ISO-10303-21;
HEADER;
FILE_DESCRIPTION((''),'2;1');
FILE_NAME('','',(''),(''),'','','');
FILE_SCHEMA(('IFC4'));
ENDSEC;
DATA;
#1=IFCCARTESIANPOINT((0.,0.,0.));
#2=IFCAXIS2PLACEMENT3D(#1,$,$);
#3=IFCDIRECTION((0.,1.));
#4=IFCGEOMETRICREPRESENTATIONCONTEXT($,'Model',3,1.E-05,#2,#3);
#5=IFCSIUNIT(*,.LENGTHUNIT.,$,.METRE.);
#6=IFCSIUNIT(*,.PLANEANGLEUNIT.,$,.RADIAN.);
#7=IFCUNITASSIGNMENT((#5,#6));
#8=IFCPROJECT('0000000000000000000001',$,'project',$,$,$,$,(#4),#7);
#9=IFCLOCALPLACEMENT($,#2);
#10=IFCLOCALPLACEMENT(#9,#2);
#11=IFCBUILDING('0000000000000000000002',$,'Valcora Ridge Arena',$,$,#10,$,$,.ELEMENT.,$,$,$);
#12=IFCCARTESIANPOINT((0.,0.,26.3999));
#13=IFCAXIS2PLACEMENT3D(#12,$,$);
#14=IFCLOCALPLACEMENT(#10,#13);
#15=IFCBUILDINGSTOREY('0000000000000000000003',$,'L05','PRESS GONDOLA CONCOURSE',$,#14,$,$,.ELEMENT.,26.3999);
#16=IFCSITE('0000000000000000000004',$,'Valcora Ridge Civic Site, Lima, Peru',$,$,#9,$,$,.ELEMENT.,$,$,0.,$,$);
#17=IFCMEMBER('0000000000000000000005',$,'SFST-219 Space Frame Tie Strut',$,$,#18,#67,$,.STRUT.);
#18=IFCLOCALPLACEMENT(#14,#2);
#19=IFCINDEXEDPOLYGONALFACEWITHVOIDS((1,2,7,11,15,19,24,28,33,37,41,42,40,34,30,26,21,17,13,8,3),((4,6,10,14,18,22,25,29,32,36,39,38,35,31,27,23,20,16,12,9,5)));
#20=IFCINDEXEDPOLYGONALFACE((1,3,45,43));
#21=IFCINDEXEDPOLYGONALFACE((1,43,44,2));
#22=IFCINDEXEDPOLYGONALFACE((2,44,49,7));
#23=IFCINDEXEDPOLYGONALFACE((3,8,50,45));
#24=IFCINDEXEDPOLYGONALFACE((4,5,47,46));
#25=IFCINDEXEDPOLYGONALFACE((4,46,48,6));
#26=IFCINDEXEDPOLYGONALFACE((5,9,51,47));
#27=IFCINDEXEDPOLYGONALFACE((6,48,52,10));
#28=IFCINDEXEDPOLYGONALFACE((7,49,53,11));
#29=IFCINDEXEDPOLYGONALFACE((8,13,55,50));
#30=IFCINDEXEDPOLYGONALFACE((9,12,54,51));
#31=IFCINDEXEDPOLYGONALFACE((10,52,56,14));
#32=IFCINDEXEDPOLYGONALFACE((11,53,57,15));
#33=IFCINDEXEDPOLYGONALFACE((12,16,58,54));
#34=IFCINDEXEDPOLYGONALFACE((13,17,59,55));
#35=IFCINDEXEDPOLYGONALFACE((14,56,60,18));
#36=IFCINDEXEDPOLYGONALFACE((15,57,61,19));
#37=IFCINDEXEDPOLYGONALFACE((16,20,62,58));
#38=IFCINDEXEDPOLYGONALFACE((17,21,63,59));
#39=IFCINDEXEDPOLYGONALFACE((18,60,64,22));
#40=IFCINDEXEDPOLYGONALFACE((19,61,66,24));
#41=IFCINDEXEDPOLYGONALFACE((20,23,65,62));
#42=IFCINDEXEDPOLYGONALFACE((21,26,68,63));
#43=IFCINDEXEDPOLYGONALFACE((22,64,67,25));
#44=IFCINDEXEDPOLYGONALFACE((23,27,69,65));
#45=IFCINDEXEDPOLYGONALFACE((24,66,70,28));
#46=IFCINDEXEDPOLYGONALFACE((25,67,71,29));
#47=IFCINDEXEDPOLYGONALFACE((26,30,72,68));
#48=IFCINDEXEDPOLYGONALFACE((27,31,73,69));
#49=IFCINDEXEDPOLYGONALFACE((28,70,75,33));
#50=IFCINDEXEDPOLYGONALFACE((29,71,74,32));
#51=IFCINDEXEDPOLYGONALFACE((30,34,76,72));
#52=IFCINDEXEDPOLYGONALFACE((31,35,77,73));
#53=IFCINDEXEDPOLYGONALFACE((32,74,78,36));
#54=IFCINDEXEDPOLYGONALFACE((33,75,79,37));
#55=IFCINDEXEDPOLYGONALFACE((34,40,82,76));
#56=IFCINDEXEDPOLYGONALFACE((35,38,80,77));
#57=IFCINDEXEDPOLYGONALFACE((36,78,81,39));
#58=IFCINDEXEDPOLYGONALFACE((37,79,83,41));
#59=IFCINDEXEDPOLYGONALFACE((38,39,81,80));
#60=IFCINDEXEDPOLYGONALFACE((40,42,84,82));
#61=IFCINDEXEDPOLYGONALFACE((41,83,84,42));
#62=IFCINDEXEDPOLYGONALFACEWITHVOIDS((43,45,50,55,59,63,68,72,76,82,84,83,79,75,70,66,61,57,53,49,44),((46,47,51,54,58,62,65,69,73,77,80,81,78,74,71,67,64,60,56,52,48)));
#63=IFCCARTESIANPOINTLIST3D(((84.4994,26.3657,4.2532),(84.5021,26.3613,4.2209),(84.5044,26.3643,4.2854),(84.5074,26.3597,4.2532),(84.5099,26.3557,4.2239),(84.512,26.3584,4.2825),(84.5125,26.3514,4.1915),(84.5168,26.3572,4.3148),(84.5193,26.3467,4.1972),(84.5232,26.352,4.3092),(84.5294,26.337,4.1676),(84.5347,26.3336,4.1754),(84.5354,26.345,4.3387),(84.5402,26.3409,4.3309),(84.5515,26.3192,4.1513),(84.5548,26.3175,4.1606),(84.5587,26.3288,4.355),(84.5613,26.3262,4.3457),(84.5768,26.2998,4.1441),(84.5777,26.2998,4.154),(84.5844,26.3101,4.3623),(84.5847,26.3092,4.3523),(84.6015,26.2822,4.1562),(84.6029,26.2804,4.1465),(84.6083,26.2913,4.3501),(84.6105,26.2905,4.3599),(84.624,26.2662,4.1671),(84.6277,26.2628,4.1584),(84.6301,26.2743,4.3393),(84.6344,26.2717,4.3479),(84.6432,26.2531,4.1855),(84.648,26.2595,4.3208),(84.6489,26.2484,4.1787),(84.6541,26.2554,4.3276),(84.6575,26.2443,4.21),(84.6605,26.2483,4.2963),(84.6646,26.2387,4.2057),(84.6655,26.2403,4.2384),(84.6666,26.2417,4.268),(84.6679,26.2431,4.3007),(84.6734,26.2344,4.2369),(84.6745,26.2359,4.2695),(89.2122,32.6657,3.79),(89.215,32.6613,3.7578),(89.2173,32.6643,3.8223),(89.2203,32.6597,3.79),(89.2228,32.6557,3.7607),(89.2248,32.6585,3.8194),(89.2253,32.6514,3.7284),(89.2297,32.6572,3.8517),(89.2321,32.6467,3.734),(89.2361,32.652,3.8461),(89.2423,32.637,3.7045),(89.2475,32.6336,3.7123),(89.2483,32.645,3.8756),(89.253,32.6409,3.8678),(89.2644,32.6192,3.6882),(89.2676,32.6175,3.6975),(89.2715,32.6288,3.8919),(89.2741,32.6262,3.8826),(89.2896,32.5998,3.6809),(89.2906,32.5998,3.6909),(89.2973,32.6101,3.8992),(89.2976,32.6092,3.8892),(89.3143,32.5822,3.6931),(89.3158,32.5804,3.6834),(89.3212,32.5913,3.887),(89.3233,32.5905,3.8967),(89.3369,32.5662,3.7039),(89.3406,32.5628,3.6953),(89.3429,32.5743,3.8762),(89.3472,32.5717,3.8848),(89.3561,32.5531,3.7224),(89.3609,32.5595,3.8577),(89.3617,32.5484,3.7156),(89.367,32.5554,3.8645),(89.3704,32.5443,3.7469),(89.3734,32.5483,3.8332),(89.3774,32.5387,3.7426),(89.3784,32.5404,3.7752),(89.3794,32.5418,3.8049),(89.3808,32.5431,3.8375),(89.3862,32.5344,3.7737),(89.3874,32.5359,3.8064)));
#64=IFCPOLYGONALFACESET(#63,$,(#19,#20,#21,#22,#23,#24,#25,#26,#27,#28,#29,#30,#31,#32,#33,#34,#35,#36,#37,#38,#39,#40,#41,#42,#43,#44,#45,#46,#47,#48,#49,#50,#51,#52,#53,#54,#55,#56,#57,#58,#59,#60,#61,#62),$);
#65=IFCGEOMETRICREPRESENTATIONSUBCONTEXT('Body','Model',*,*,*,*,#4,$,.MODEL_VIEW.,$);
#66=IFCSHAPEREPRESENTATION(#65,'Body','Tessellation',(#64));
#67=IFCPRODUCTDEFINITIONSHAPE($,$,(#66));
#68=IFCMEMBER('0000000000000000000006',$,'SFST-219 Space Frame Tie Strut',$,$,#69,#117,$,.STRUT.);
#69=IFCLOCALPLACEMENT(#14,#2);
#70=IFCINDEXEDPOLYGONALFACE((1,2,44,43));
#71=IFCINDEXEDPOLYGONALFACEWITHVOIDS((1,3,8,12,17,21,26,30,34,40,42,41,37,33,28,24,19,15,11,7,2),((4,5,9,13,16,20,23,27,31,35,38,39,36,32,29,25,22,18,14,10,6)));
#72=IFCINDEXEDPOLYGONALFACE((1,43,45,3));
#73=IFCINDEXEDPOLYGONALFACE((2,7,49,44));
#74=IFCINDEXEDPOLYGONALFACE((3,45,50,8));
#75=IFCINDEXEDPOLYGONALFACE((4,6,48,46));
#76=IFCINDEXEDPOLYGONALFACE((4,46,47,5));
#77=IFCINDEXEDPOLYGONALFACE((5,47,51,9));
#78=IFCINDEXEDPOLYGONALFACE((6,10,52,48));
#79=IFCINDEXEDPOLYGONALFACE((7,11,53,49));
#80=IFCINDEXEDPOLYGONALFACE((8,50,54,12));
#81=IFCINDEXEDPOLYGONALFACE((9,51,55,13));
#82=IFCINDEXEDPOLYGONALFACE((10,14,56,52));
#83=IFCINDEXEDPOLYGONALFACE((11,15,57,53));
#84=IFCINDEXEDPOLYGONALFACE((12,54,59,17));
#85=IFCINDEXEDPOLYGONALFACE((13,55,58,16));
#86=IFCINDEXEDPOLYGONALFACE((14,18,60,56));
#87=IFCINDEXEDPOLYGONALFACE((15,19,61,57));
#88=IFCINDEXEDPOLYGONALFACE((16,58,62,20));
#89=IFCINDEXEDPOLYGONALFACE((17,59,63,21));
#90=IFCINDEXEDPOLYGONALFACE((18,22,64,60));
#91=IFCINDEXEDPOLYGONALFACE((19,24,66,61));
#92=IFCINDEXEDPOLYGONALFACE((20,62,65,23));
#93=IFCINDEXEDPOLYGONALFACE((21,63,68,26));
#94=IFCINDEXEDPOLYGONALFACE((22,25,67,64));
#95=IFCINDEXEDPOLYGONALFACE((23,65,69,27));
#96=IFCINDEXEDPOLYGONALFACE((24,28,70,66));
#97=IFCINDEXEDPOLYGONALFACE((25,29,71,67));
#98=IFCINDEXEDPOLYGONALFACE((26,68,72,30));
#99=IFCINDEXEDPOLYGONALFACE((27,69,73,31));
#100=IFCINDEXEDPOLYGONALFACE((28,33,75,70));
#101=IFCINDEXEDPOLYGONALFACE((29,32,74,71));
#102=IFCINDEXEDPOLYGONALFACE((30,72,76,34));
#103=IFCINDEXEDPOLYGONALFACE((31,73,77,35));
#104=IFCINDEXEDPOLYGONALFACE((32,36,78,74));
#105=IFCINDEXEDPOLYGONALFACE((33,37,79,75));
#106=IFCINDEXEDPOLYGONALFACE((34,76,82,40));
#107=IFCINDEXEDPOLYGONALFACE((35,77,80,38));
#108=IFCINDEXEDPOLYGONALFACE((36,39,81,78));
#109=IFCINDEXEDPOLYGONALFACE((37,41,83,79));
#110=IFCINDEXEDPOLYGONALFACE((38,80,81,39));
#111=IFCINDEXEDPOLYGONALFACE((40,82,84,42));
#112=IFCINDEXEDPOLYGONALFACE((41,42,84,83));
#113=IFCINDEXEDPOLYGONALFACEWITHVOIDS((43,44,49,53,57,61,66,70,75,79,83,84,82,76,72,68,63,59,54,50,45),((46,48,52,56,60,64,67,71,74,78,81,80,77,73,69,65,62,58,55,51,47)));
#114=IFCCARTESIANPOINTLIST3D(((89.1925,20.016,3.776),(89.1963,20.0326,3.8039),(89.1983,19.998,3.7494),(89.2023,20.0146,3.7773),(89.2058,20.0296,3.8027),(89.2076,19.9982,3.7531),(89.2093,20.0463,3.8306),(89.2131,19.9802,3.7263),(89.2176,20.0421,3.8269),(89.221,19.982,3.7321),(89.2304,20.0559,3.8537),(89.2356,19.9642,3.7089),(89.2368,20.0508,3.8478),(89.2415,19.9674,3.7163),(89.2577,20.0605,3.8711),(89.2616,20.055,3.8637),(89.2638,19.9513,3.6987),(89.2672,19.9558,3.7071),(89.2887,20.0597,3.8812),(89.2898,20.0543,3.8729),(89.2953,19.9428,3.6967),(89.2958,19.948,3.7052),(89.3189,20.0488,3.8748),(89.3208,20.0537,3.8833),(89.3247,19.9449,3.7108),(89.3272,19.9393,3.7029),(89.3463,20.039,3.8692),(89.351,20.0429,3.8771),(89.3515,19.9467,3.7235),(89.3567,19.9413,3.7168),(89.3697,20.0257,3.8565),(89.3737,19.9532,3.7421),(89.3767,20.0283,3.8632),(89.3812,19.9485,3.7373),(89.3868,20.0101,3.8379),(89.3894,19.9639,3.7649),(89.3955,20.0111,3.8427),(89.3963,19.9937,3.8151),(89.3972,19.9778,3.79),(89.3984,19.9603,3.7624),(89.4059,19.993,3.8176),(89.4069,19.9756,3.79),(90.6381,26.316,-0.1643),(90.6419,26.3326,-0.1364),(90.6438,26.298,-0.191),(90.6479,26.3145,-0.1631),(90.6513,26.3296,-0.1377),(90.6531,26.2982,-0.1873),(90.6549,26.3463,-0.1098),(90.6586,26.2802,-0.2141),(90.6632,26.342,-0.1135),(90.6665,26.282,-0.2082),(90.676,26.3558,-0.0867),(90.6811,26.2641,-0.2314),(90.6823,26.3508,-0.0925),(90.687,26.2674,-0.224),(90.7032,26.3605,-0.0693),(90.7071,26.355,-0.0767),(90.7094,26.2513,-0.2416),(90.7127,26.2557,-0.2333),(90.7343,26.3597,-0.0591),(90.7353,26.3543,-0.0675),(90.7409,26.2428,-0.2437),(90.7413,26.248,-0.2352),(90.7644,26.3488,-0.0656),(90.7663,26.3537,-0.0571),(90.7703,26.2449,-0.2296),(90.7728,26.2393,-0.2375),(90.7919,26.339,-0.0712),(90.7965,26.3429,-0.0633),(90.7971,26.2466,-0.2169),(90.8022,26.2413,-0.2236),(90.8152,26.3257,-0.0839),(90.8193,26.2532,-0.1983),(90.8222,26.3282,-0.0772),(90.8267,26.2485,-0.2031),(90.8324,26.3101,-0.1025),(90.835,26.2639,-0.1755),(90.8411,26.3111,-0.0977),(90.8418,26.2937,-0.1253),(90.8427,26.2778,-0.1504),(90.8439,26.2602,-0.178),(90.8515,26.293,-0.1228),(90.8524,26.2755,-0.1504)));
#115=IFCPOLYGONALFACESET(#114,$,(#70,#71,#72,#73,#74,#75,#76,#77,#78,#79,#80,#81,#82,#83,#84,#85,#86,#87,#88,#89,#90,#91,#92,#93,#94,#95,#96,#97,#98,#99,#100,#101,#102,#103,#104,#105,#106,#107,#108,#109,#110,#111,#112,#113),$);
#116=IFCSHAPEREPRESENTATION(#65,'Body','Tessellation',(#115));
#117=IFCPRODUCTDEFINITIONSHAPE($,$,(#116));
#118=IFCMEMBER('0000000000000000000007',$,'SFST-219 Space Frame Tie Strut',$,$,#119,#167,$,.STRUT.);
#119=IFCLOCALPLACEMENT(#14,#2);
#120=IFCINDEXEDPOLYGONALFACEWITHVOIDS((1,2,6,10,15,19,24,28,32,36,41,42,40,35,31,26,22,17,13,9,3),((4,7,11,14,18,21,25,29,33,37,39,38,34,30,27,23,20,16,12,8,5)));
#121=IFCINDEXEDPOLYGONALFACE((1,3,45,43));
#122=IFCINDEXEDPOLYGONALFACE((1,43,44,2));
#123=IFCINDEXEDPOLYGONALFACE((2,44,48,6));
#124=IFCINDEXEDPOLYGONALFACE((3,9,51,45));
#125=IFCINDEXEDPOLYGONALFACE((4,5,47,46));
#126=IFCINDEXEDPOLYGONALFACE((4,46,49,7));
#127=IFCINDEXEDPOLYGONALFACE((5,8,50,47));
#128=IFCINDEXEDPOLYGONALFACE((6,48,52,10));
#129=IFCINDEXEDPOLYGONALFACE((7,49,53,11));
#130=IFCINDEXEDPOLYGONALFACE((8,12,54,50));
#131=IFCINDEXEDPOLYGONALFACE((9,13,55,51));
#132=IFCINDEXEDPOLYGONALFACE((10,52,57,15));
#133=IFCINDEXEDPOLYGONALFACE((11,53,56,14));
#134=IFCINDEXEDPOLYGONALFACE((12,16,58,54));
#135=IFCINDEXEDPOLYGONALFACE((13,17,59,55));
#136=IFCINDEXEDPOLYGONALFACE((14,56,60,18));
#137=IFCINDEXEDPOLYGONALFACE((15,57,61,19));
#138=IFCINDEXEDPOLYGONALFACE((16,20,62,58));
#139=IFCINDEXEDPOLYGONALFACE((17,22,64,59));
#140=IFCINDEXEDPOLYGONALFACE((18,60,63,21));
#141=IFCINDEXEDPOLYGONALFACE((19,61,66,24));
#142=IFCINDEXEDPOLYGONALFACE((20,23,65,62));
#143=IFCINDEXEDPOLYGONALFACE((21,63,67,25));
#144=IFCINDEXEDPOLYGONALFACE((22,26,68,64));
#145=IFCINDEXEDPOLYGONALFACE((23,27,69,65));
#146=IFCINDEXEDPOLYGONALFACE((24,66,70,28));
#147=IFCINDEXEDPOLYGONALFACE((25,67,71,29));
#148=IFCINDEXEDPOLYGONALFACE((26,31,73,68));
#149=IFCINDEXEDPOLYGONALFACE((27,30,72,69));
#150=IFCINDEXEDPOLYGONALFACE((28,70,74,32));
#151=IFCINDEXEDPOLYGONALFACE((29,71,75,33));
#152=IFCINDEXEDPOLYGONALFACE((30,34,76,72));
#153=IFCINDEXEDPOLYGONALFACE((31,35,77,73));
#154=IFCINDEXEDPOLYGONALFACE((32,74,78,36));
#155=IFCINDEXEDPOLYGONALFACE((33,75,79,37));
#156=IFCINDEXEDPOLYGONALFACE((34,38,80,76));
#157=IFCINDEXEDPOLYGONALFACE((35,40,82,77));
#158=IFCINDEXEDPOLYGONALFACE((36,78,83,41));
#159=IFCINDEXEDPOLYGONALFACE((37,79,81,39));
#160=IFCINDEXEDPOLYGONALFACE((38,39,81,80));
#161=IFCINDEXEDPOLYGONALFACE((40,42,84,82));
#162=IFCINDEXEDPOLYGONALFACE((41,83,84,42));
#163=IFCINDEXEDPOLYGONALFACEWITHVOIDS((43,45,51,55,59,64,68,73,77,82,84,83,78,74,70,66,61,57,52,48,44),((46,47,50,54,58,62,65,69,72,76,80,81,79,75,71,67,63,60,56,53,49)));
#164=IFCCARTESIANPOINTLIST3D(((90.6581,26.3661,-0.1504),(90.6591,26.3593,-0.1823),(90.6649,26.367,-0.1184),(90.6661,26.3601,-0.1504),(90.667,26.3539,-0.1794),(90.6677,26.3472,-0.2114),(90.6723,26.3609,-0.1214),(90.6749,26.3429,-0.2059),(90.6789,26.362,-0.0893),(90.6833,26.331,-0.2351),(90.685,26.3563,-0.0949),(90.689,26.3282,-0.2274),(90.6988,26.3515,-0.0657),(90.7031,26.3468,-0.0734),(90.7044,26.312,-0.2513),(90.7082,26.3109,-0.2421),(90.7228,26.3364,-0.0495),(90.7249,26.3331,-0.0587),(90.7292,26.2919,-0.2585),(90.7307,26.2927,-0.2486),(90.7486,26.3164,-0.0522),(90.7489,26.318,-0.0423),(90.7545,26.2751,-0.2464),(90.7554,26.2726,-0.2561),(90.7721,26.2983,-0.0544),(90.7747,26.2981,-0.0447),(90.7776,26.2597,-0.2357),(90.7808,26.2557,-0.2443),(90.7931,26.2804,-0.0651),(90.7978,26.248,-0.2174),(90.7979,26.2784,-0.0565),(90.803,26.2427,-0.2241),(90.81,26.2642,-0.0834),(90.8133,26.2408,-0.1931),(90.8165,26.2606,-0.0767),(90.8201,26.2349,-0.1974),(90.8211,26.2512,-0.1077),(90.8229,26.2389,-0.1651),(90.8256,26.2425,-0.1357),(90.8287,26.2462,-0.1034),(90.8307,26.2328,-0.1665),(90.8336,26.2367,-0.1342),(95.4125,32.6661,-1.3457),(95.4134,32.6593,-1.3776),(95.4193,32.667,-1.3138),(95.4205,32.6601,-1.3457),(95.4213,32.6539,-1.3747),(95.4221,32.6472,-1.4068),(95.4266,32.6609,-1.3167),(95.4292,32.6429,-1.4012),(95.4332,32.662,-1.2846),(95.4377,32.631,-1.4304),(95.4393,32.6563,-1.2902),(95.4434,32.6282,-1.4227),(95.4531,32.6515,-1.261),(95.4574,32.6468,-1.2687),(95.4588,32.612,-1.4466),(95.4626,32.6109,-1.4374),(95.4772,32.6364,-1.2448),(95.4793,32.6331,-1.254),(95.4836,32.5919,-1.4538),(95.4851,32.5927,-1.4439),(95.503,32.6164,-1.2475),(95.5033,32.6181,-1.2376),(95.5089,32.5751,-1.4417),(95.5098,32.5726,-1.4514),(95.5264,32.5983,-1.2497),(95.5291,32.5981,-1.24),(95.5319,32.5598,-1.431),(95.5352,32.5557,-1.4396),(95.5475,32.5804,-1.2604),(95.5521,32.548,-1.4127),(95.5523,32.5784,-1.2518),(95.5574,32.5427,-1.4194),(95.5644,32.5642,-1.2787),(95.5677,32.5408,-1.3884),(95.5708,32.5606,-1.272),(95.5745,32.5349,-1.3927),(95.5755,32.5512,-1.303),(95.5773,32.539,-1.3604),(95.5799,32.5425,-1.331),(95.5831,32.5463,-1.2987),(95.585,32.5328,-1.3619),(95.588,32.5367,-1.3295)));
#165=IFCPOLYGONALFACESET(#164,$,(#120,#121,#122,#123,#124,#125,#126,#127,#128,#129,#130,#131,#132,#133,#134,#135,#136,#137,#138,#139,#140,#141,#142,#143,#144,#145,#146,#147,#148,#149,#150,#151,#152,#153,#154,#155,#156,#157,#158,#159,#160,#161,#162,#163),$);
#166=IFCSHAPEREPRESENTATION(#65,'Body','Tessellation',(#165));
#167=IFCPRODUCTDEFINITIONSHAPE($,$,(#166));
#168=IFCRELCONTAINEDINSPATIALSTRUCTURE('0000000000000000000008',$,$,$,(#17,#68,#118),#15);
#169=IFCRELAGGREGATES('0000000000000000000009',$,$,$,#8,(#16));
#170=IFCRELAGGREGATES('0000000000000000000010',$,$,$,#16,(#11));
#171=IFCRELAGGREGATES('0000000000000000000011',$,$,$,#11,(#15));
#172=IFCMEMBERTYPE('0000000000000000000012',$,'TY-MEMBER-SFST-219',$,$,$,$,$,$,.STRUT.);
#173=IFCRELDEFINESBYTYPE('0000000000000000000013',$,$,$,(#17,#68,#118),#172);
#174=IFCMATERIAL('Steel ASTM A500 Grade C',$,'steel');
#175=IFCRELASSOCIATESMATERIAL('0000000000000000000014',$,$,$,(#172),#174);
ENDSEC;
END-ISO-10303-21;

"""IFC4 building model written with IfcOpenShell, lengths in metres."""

from ifc_helpers import new_model, si_unit, direction, frame, origin, origin_2d, place, context, subcontext, project, spatial, hollow_circle, extrude, material, material_profile, profile_set, type_object, element, save


model = new_model("IFC4")

# Units and contexts
model_context = context("Model", 3, precision=1e-05, world=origin(), true_north=direction((0.0, 1.0)))
body_context = subcontext(model_context, "Body", "Model", "MODEL_VIEW")
ifc_project = project(units=[si_unit("LENGTHUNIT", "METRE"), si_unit("PLANEANGLEUNIT", "RADIAN")], contexts=[model_context])

# Site, building, storey
site_placement = place(None, origin())
site = spatial("IfcSite", under=ifc_project, at=site_placement, Name="Valcora Ridge Civic Site, Lima, Peru", CompositionType="ELEMENT", RefElevation=0.0)
building_placement = place(site_placement, origin())
building = spatial("IfcBuilding", under=site, at=building_placement, Name="Valcora Ridge Arena", CompositionType="ELEMENT")
storey_placement = place(building_placement, frame((0.0, 0.0, 26.3999)))
storey = spatial("IfcBuildingStorey", under=building, at=storey_placement, Name="L05", Description="PRESS GONDOLA CONCOURSE", CompositionType="ELEMENT", Elevation=26.3999)

# Members
ifc_material_1 = material(Name="Steel ASTM A500 Grade C", Category="steel")
ifc_material_profile_1 = material_profile(ifc_material_1, hollow_circle(Radius=0.1096, WallThickness=0.01, at=origin_2d()), Name="CHS219X10")
ifc_profile_set_1 = profile_set([ifc_material_profile_1], Name="Steel ASTM A500 Grade C")
member_type_1 = type_object("IfcMemberType", Name="TY-MEMBER-SFST-219", PredefinedType="STRUT", material=ifc_profile_set_1)
member_1_placement = place(storey_placement, frame((84.5872, 26.3, 4.2532), z_axis=(0.597976, 0.799357, -0.058763), x_axis=(-0.80074, 0.599012, 0.0)))
element("IfcMember", 1, at=member_1_placement, inside=storey, type_object=member_type_1, Name="SFST-219 Space Frame Tie Strut", PredefinedType="STRUT", context=body_context, shape_type="SweptSolid", body=[
    extrude(hollow_circle(Radius=0.1096, WallThickness=0.01, at=origin_2d()), origin(), (0.0, 0.0, 1.0), 7.8813),
])
member_2_placement = place(storey_placement, frame((90.7456, 26.3, -0.1504), z_axis=(-0.190955, -0.832222, 0.520522), x_axis=(0.974672, -0.22364, 0.0)))
element("IfcMember", 2, at=member_2_placement, inside=storey, type_object=member_type_1, Name="SFST-219 Space Frame Tie Strut", PredefinedType="STRUT", context=body_context, shape_type="SweptSolid", body=[
    extrude(hollow_circle(Radius=0.1096, WallThickness=0.01, at=origin_2d()), origin(), (0.0, 0.0, 1.0), 7.5701),
])
member_3_placement = place(storey_placement, frame((90.7456, 26.3, -0.1504), z_axis=(0.595587, 0.789212, -0.149738), x_axis=(-0.798211, 0.602378, 0.0)))
element("IfcMember", 3, at=member_3_placement, inside=storey, type_object=member_type_1, Name="SFST-219 Space Frame Tie Strut", PredefinedType="STRUT", context=body_context, shape_type="SweptSolid", body=[
    extrude(hollow_circle(Radius=0.1096, WallThickness=0.01, at=origin_2d()), origin(), (0.0, 0.0, 1.0), 7.9827),
])

save(model, "model.ifc")
